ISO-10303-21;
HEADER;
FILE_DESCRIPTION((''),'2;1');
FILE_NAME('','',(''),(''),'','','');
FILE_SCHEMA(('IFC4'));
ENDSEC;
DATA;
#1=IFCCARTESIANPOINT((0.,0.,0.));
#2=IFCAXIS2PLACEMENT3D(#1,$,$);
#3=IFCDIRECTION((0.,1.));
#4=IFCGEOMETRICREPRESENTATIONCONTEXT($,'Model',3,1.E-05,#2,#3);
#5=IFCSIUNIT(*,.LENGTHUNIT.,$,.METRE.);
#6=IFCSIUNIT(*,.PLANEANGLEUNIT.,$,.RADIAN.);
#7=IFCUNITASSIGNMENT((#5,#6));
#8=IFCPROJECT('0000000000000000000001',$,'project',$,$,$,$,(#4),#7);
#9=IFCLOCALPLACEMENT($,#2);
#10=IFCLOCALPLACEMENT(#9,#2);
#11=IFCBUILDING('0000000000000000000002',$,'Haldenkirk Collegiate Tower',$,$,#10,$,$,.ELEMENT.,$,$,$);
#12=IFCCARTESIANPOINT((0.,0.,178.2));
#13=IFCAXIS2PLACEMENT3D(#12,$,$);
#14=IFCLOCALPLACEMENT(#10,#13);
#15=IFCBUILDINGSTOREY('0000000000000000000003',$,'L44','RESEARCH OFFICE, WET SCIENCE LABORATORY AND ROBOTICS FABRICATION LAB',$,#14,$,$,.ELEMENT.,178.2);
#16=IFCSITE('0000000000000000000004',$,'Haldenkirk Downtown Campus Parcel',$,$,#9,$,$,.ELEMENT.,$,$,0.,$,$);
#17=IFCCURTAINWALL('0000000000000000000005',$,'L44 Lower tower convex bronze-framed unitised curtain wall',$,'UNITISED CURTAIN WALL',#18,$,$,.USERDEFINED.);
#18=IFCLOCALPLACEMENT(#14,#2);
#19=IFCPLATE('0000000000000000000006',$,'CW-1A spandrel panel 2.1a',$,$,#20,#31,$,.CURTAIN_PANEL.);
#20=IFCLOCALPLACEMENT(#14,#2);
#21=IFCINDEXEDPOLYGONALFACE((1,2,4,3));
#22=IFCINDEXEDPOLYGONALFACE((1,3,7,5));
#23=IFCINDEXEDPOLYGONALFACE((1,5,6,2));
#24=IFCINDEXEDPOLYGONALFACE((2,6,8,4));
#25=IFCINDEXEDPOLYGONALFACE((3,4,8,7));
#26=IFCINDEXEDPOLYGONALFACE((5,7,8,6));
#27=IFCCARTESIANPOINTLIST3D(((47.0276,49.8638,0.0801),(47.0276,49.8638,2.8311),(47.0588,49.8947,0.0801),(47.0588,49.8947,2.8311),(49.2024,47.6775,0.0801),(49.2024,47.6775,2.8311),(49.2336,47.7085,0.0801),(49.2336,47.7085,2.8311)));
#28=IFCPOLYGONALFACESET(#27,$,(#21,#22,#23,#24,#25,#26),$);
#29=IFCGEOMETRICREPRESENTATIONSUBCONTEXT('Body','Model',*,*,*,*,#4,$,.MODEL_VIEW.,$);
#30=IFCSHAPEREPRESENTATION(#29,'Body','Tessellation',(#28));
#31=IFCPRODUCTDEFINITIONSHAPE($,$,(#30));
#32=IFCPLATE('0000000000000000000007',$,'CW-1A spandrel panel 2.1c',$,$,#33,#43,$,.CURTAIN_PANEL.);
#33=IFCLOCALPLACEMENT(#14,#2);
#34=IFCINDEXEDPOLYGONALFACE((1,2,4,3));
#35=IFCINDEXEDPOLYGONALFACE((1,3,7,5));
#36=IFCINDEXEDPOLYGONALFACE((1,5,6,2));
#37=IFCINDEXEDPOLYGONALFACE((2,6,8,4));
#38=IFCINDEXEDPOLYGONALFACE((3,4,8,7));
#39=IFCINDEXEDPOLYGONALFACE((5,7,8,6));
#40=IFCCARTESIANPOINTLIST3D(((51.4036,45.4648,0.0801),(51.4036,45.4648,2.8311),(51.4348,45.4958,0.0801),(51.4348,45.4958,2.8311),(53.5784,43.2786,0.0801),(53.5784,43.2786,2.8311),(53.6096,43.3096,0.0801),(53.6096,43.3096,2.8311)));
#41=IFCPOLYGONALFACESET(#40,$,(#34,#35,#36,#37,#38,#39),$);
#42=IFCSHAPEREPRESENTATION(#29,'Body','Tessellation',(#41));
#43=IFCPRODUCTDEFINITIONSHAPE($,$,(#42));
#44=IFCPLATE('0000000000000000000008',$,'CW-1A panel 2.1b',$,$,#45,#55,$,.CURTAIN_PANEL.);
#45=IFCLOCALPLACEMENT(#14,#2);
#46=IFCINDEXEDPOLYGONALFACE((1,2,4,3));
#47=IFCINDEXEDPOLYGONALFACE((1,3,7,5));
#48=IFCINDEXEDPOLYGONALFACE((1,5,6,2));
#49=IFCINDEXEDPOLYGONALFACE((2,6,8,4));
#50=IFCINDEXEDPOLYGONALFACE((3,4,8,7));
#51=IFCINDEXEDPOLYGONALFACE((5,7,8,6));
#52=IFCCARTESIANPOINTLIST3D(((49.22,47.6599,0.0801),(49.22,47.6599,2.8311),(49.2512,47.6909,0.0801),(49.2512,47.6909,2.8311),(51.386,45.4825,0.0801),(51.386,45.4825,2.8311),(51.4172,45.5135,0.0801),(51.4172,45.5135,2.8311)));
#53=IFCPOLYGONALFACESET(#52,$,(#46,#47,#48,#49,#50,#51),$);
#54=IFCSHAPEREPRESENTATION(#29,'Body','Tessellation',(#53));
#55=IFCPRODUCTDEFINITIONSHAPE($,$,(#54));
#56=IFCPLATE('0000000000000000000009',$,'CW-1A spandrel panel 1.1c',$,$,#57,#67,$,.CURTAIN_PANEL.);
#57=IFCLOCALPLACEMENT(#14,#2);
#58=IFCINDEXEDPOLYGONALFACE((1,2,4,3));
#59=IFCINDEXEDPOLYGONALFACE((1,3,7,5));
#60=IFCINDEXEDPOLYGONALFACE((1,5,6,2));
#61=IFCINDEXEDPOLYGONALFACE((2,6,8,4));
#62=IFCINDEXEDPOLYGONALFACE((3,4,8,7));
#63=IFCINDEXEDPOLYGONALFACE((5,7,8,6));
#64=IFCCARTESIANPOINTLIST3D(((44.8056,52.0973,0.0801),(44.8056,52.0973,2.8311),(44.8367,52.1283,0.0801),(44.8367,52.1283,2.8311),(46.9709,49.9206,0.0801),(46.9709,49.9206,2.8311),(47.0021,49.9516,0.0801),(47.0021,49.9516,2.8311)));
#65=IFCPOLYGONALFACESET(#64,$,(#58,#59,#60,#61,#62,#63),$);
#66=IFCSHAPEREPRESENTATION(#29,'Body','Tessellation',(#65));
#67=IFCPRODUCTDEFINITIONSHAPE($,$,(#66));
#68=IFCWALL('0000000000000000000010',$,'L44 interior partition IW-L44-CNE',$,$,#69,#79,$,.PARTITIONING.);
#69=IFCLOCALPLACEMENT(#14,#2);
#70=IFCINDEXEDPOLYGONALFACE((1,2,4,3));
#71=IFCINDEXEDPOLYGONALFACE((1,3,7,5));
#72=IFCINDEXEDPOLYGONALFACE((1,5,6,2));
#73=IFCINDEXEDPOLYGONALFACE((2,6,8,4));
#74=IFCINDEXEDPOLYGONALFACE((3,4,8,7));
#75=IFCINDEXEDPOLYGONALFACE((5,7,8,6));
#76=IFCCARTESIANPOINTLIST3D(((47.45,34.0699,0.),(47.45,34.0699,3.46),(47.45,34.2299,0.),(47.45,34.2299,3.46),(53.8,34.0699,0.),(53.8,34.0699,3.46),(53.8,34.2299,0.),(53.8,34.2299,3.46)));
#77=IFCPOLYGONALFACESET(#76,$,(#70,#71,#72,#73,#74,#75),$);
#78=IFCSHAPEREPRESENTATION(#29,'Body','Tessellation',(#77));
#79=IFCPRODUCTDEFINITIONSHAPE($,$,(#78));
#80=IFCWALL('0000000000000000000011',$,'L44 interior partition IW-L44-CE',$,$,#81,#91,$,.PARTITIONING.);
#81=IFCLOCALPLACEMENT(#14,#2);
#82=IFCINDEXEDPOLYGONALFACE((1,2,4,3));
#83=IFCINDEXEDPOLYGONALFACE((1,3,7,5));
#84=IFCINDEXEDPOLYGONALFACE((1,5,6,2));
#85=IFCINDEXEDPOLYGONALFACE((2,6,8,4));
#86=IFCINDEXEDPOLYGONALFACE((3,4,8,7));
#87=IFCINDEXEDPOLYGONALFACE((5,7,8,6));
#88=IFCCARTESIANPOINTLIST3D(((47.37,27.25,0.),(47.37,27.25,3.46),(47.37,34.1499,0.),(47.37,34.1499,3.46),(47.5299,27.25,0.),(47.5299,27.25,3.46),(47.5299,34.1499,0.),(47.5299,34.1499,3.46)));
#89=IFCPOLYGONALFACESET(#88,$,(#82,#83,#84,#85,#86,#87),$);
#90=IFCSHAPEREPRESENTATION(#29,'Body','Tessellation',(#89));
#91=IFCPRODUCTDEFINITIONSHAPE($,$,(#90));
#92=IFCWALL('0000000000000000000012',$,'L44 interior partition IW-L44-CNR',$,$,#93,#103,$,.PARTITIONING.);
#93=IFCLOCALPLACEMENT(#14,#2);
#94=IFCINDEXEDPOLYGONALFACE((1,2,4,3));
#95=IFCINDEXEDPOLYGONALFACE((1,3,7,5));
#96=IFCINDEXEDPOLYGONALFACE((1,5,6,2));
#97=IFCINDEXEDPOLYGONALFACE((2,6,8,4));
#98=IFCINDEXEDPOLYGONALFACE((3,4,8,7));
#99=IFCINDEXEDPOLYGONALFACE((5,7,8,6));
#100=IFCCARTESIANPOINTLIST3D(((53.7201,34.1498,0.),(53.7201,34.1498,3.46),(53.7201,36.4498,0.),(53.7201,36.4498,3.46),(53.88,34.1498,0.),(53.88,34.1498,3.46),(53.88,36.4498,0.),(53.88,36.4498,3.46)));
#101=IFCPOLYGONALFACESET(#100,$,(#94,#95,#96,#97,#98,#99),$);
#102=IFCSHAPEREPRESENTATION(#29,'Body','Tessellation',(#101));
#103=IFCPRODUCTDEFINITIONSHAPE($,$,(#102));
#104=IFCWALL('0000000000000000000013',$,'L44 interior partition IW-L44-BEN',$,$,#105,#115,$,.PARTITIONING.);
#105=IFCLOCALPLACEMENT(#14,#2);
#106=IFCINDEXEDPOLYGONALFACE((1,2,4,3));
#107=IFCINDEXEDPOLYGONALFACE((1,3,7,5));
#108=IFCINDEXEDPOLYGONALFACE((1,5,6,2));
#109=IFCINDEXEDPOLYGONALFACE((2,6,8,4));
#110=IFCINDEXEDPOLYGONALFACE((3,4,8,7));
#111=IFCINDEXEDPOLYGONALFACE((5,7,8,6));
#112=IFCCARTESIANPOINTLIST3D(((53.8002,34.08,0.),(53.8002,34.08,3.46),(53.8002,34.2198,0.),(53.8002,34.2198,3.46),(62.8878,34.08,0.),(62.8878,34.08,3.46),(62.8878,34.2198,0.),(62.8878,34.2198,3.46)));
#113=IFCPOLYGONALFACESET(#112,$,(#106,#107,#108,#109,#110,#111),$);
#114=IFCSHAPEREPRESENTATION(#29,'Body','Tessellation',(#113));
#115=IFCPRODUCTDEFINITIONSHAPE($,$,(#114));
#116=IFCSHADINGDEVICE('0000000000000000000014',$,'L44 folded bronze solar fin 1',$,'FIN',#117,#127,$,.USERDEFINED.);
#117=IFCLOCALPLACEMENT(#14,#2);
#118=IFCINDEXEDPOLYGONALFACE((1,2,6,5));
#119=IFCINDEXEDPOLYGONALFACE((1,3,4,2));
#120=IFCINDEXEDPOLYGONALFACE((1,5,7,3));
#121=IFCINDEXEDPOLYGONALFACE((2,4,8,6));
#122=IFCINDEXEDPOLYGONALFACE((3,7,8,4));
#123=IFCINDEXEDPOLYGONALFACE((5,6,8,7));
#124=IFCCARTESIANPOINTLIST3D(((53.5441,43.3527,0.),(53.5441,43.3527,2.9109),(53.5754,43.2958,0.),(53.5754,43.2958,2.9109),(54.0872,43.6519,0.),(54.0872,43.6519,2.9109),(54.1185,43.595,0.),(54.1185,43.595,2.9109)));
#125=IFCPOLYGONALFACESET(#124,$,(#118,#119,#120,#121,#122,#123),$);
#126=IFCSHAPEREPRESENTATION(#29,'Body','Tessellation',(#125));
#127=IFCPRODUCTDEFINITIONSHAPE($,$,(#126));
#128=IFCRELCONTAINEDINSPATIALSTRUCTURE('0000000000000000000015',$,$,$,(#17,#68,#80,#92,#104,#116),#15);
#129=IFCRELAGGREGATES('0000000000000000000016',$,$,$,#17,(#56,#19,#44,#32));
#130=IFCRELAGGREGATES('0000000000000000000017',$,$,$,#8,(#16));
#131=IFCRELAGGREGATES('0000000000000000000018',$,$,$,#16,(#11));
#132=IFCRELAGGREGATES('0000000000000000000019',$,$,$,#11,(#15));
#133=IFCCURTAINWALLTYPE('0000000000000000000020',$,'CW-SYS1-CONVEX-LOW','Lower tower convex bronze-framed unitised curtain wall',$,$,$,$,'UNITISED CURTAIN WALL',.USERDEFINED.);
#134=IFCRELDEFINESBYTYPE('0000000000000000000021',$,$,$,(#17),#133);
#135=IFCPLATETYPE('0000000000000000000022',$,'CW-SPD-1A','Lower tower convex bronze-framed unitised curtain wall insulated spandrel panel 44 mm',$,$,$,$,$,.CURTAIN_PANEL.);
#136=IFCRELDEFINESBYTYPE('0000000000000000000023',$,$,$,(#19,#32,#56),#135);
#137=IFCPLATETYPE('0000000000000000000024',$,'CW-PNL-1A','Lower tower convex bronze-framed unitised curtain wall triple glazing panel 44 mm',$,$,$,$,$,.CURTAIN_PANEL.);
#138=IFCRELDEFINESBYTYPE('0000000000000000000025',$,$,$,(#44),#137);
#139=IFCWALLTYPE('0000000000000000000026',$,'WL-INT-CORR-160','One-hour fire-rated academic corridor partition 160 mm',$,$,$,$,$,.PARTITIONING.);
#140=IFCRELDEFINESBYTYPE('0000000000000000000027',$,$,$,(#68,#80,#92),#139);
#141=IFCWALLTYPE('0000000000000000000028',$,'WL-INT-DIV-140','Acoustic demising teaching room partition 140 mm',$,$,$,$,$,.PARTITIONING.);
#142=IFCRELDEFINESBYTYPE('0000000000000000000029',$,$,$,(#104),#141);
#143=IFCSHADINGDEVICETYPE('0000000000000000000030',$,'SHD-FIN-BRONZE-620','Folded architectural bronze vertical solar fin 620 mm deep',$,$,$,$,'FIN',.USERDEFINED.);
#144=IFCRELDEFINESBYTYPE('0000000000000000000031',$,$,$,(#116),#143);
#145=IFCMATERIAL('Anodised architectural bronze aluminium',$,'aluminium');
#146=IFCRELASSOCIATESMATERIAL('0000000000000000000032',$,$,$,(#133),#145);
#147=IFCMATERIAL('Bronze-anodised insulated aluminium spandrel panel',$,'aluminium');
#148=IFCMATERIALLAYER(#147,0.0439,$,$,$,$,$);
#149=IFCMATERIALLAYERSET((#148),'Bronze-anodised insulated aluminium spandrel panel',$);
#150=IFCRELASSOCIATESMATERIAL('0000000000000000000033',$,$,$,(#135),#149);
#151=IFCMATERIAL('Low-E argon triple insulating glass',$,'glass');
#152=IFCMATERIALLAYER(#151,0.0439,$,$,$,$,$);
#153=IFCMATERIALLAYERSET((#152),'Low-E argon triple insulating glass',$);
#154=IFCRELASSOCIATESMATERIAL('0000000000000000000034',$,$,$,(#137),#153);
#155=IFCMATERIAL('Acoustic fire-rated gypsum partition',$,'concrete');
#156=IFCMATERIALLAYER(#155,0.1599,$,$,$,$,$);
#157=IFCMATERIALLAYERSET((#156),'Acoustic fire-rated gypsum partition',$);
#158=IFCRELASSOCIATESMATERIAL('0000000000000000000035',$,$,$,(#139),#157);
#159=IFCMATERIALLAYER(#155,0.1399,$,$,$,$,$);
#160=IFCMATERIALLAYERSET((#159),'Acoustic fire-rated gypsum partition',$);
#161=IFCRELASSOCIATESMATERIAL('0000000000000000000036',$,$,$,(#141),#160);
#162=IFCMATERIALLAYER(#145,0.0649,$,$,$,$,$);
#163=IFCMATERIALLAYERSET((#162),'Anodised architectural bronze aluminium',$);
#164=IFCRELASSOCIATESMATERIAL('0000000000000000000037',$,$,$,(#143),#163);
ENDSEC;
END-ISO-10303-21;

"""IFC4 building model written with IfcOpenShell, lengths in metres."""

from ifc_helpers import new_model, si_unit, direction, frame, frame_2d, origin, origin_2d, place, context, subcontext, project, spatial, rectangle, extrude, source, transform, mapped, material, layer, layer_set, type_object, element, aggregate, save


model = new_model("IFC4")

# Units and contexts
model_context = context("Model", 3, precision=1e-05, world=origin(), true_north=direction((0.0, 1.0)))
body_context = subcontext(model_context, "Body", "Model", "MODEL_VIEW")
ifc_project = project(units=[si_unit("LENGTHUNIT", "METRE"), si_unit("PLANEANGLEUNIT", "RADIAN")], contexts=[model_context])

# Site, building, storey
site_placement = place(None, origin())
site = spatial("IfcSite", under=ifc_project, at=site_placement, Name="Haldenkirk Downtown Campus Parcel", CompositionType="ELEMENT", RefElevation=0.0)
building_placement = place(site_placement, origin())
building = spatial("IfcBuilding", under=site, at=building_placement, Name="Haldenkirk Collegiate Tower", CompositionType="ELEMENT")
storey_placement = place(building_placement, frame((0.0, 0.0, 178.2)))
storey = spatial("IfcBuildingStorey", under=building, at=storey_placement, Name="L44", Description="RESEARCH OFFICE, WET SCIENCE LABORATORY AND ROBOTICS FABRICATION LAB", CompositionType="ELEMENT", Elevation=178.2)

# Curtain wall
ifc_material_1 = material(Name="Anodised architectural bronze aluminium", Category="aluminium")
curtain_wall_type = type_object("IfcCurtainWallType", Name="CW-SYS1-CONVEX-LOW", Description="Lower tower convex bronze-framed unitised curtain wall", ElementType="UNITISED CURTAIN WALL", PredefinedType="USERDEFINED", material=ifc_material_1)
curtain_wall_placement = place(storey_placement, origin())
curtain_wall = element("IfcCurtainWall", 1, at=curtain_wall_placement, inside=storey, type_object=curtain_wall_type, Name="L44 Lower tower convex bronze-framed unitised curtain wall", ObjectType="UNITISED CURTAIN WALL", PredefinedType="USERDEFINED")

# Plates
ifc_material_2 = material(Name="Bronze-anodised insulated aluminium spandrel panel", Category="aluminium")
ifc_layer_1 = layer(ifc_material_2, 0.0439)
ifc_layer_set_1 = layer_set([ifc_layer_1], Name="Bronze-anodised insulated aluminium spandrel panel")
plate_type_1 = type_object("IfcPlateType", Name="CW-SPD-1A", Description="Lower tower convex bronze-framed unitised curtain wall insulated spandrel panel 44 mm", PredefinedType="CURTAIN_PANEL", material=ifc_layer_set_1)
shared_shape_1 = source(origin(), body_context, "Body", "SweptSolid", [
    extrude(rectangle(XDim=3.0837, YDim=0.0439, at=origin_2d()), origin(), (0.0, 0.0, 1.0), 2.751),
])
plate_1_placement = place(storey_placement, frame((48.1306, 48.7861, 0.0801), z_axis=(0.0, 0.0, 1.0), x_axis=(0.705255, -0.708954, 0.0)))
plate_1 = element("IfcPlate", 2, at=plate_1_placement, type_object=plate_type_1, Name="CW-1A spandrel panel 2.1a", PredefinedType="CURTAIN_PANEL", context=body_context, shape_type="MappedRepresentation", body=[
    mapped(shared_shape_1, transform((0.0, 0.0, 0.0), x_axis=(1.0, 0.0, 0.0), y_axis=(0.0, 1.0, 0.0), z_axis=(0.0, 0.0, 1.0), scale=1.0)),
])
plate_2_placement = place(storey_placement, frame((52.5066, 44.3872, 0.0801), z_axis=(0.0, 0.0, 1.0), x_axis=(0.705255, -0.708954, 0.0)))
plate_2 = element("IfcPlate", 3, at=plate_2_placement, type_object=plate_type_1, Name="CW-1A spandrel panel 2.1c", PredefinedType="CURTAIN_PANEL", context=body_context, shape_type="MappedRepresentation", body=[
    mapped(shared_shape_1, transform((0.0, 0.0, 0.0), x_axis=(1.0, 0.0, 0.0), y_axis=(0.0, 1.0, 0.0), z_axis=(0.0, 0.0, 1.0), scale=1.0)),
])
ifc_material_3 = material(Name="Low-E argon triple insulating glass", Category="glass")
ifc_layer_2 = layer(ifc_material_3, 0.0439)
ifc_layer_set_2 = layer_set([ifc_layer_2], Name="Low-E argon triple insulating glass")
plate_type_2 = type_object("IfcPlateType", Name="CW-PNL-1A", Description="Lower tower convex bronze-framed unitised curtain wall triple glazing panel 44 mm", PredefinedType="CURTAIN_PANEL", material=ifc_layer_set_2)
shared_shape_2 = source(origin(), body_context, "Body", "SweptSolid", [
    extrude(rectangle(XDim=3.0713, YDim=0.0439, at=origin_2d()), origin(), (0.0, 0.0, 1.0), 2.751),
])
plate_3_placement = place(storey_placement, frame((50.3186, 46.5867, 0.0801), z_axis=(0.0, 0.0, 1.0), x_axis=(0.705255, -0.708954, 0.0)))
plate_3 = element("IfcPlate", 4, at=plate_3_placement, type_object=plate_type_2, Name="CW-1A panel 2.1b", PredefinedType="CURTAIN_PANEL", context=body_context, shape_type="MappedRepresentation", body=[
    mapped(shared_shape_2, transform((0.0, 0.0, 0.0), x_axis=(1.0, 0.0, 0.0), y_axis=(0.0, 1.0, 0.0), z_axis=(0.0, 0.0, 1.0), scale=1.0)),
])
shared_shape_3 = source(origin(), body_context, "Body", "SweptSolid", [
    extrude(rectangle(XDim=3.0703, YDim=0.0439, at=origin_2d()), origin(), (0.0, 0.0, 1.0), 2.751),
])
plate_4_placement = place(storey_placement, frame((45.9038, 51.0244, 0.0801), z_axis=(0.0, 0.0, 1.0), x_axis=(0.705255, -0.708954, 0.0)))
plate_4 = element("IfcPlate", 5, at=plate_4_placement, type_object=plate_type_1, Name="CW-1A spandrel panel 1.1c", PredefinedType="CURTAIN_PANEL", context=body_context, shape_type="MappedRepresentation", body=[
    mapped(shared_shape_3, transform((0.0, 0.0, 0.0), x_axis=(1.0, 0.0, 0.0), y_axis=(0.0, 1.0, 0.0), z_axis=(0.0, 0.0, 1.0), scale=1.0)),
])
aggregate(curtain_wall, [plate_4, plate_1, plate_3, plate_2])

# Walls
ifc_material_4 = material(Name="Acoustic fire-rated gypsum partition", Category="concrete")
ifc_layer_3 = layer(ifc_material_4, 0.1599)
ifc_layer_set_3 = layer_set([ifc_layer_3], Name="Acoustic fire-rated gypsum partition")
wall_type_1 = type_object("IfcWallType", Name="WL-INT-CORR-160", Description="One-hour fire-rated academic corridor partition 160 mm", PredefinedType="PARTITIONING", material=ifc_layer_set_3)
wall_1_placement = place(storey_placement, frame((47.45, 34.1499, 0.0), z_axis=(0.0, 0.0, 1.0), x_axis=(1.0, 0.0, 0.0)))
element("IfcWall", 6, at=wall_1_placement, inside=storey, type_object=wall_type_1, Name="L44 interior partition IW-L44-CNE", PredefinedType="PARTITIONING", context=body_context, shape_type="SweptSolid", body=[
    extrude(rectangle(XDim=6.3501, YDim=0.1599, at=frame_2d((3.175, 0.0))), origin(), (0.0, 0.0, 1.0), 3.46),
])
wall_2_placement = place(storey_placement, frame((47.45, 27.25, 0.0), z_axis=(0.0, 0.0, 1.0), x_axis=(0.0, 1.0, 0.0)))
element("IfcWall", 7, at=wall_2_placement, inside=storey, type_object=wall_type_1, Name="L44 interior partition IW-L44-CE", PredefinedType="PARTITIONING", context=body_context, shape_type="SweptSolid", body=[
    extrude(rectangle(XDim=6.8999, YDim=0.1599, at=frame_2d((3.45, 0.0))), origin(), (0.0, 0.0, 1.0), 3.46),
])
wall_3_placement = place(storey_placement, frame((53.8, 34.1499, 0.0), z_axis=(0.0, 0.0, 1.0), x_axis=(0.0, 1.0, 0.0)))
element("IfcWall", 8, at=wall_3_placement, inside=storey, type_object=wall_type_1, Name="L44 interior partition IW-L44-CNR", PredefinedType="PARTITIONING", context=body_context, shape_type="SweptSolid", body=[
    extrude(rectangle(XDim=2.3, YDim=0.1599, at=frame_2d((1.1499, 0.0))), origin(), (0.0, 0.0, 1.0), 3.46),
])
ifc_layer_4 = layer(ifc_material_4, 0.1399)
ifc_layer_set_4 = layer_set([ifc_layer_4], Name="Acoustic fire-rated gypsum partition")
wall_type_2 = type_object("IfcWallType", Name="WL-INT-DIV-140", Description="Acoustic demising teaching room partition 140 mm", PredefinedType="PARTITIONING", material=ifc_layer_set_4)
wall_4_placement = place(storey_placement, frame((53.8, 34.1499, 0.0), z_axis=(0.0, 0.0, 1.0), x_axis=(1.0, 0.0, 0.0)))
element("IfcWall", 9, at=wall_4_placement, inside=storey, type_object=wall_type_2, Name="L44 interior partition IW-L44-BEN", PredefinedType="PARTITIONING", context=body_context, shape_type="SweptSolid", body=[
    extrude(rectangle(XDim=9.0876, YDim=0.1399, at=frame_2d((4.5439, 0.0))), origin(), (0.0, 0.0, 1.0), 3.46),
])

# Shading device
ifc_layer_5 = layer(ifc_material_1, 0.0649)
ifc_layer_set_5 = layer_set([ifc_layer_5], Name="Anodised architectural bronze aluminium")
shading_device_type = type_object("IfcShadingDeviceType", Name="SHD-FIN-BRONZE-620", Description="Folded architectural bronze vertical solar fin 620 mm deep", ElementType="FIN", PredefinedType="USERDEFINED", material=ifc_layer_set_5)
shared_shape_4 = source(origin(), body_context, "Body", "SweptSolid", [
    extrude(rectangle(XDim=0.6201, YDim=0.0649, at=origin_2d()), origin(), (0.0, 0.0, 1.0), 2.9109),
])
shading_device_placement = place(storey_placement, frame((53.8313, 43.4739, 0.0), z_axis=(0.0, 0.0, 1.0), x_axis=(0.875886, 0.482518, 0.0)))
element("IfcShadingDevice", 10, at=shading_device_placement, inside=storey, type_object=shading_device_type, Name="L44 folded bronze solar fin 1", ObjectType="FIN", PredefinedType="USERDEFINED", context=body_context, shape_type="MappedRepresentation", body=[
    mapped(shared_shape_4, transform((0.0, 0.0, 0.0), x_axis=(1.0, 0.0, 0.0), y_axis=(0.0, 1.0, 0.0), z_axis=(0.0, 0.0, 1.0), scale=1.0)),
])

save(model, "model.ifc")
